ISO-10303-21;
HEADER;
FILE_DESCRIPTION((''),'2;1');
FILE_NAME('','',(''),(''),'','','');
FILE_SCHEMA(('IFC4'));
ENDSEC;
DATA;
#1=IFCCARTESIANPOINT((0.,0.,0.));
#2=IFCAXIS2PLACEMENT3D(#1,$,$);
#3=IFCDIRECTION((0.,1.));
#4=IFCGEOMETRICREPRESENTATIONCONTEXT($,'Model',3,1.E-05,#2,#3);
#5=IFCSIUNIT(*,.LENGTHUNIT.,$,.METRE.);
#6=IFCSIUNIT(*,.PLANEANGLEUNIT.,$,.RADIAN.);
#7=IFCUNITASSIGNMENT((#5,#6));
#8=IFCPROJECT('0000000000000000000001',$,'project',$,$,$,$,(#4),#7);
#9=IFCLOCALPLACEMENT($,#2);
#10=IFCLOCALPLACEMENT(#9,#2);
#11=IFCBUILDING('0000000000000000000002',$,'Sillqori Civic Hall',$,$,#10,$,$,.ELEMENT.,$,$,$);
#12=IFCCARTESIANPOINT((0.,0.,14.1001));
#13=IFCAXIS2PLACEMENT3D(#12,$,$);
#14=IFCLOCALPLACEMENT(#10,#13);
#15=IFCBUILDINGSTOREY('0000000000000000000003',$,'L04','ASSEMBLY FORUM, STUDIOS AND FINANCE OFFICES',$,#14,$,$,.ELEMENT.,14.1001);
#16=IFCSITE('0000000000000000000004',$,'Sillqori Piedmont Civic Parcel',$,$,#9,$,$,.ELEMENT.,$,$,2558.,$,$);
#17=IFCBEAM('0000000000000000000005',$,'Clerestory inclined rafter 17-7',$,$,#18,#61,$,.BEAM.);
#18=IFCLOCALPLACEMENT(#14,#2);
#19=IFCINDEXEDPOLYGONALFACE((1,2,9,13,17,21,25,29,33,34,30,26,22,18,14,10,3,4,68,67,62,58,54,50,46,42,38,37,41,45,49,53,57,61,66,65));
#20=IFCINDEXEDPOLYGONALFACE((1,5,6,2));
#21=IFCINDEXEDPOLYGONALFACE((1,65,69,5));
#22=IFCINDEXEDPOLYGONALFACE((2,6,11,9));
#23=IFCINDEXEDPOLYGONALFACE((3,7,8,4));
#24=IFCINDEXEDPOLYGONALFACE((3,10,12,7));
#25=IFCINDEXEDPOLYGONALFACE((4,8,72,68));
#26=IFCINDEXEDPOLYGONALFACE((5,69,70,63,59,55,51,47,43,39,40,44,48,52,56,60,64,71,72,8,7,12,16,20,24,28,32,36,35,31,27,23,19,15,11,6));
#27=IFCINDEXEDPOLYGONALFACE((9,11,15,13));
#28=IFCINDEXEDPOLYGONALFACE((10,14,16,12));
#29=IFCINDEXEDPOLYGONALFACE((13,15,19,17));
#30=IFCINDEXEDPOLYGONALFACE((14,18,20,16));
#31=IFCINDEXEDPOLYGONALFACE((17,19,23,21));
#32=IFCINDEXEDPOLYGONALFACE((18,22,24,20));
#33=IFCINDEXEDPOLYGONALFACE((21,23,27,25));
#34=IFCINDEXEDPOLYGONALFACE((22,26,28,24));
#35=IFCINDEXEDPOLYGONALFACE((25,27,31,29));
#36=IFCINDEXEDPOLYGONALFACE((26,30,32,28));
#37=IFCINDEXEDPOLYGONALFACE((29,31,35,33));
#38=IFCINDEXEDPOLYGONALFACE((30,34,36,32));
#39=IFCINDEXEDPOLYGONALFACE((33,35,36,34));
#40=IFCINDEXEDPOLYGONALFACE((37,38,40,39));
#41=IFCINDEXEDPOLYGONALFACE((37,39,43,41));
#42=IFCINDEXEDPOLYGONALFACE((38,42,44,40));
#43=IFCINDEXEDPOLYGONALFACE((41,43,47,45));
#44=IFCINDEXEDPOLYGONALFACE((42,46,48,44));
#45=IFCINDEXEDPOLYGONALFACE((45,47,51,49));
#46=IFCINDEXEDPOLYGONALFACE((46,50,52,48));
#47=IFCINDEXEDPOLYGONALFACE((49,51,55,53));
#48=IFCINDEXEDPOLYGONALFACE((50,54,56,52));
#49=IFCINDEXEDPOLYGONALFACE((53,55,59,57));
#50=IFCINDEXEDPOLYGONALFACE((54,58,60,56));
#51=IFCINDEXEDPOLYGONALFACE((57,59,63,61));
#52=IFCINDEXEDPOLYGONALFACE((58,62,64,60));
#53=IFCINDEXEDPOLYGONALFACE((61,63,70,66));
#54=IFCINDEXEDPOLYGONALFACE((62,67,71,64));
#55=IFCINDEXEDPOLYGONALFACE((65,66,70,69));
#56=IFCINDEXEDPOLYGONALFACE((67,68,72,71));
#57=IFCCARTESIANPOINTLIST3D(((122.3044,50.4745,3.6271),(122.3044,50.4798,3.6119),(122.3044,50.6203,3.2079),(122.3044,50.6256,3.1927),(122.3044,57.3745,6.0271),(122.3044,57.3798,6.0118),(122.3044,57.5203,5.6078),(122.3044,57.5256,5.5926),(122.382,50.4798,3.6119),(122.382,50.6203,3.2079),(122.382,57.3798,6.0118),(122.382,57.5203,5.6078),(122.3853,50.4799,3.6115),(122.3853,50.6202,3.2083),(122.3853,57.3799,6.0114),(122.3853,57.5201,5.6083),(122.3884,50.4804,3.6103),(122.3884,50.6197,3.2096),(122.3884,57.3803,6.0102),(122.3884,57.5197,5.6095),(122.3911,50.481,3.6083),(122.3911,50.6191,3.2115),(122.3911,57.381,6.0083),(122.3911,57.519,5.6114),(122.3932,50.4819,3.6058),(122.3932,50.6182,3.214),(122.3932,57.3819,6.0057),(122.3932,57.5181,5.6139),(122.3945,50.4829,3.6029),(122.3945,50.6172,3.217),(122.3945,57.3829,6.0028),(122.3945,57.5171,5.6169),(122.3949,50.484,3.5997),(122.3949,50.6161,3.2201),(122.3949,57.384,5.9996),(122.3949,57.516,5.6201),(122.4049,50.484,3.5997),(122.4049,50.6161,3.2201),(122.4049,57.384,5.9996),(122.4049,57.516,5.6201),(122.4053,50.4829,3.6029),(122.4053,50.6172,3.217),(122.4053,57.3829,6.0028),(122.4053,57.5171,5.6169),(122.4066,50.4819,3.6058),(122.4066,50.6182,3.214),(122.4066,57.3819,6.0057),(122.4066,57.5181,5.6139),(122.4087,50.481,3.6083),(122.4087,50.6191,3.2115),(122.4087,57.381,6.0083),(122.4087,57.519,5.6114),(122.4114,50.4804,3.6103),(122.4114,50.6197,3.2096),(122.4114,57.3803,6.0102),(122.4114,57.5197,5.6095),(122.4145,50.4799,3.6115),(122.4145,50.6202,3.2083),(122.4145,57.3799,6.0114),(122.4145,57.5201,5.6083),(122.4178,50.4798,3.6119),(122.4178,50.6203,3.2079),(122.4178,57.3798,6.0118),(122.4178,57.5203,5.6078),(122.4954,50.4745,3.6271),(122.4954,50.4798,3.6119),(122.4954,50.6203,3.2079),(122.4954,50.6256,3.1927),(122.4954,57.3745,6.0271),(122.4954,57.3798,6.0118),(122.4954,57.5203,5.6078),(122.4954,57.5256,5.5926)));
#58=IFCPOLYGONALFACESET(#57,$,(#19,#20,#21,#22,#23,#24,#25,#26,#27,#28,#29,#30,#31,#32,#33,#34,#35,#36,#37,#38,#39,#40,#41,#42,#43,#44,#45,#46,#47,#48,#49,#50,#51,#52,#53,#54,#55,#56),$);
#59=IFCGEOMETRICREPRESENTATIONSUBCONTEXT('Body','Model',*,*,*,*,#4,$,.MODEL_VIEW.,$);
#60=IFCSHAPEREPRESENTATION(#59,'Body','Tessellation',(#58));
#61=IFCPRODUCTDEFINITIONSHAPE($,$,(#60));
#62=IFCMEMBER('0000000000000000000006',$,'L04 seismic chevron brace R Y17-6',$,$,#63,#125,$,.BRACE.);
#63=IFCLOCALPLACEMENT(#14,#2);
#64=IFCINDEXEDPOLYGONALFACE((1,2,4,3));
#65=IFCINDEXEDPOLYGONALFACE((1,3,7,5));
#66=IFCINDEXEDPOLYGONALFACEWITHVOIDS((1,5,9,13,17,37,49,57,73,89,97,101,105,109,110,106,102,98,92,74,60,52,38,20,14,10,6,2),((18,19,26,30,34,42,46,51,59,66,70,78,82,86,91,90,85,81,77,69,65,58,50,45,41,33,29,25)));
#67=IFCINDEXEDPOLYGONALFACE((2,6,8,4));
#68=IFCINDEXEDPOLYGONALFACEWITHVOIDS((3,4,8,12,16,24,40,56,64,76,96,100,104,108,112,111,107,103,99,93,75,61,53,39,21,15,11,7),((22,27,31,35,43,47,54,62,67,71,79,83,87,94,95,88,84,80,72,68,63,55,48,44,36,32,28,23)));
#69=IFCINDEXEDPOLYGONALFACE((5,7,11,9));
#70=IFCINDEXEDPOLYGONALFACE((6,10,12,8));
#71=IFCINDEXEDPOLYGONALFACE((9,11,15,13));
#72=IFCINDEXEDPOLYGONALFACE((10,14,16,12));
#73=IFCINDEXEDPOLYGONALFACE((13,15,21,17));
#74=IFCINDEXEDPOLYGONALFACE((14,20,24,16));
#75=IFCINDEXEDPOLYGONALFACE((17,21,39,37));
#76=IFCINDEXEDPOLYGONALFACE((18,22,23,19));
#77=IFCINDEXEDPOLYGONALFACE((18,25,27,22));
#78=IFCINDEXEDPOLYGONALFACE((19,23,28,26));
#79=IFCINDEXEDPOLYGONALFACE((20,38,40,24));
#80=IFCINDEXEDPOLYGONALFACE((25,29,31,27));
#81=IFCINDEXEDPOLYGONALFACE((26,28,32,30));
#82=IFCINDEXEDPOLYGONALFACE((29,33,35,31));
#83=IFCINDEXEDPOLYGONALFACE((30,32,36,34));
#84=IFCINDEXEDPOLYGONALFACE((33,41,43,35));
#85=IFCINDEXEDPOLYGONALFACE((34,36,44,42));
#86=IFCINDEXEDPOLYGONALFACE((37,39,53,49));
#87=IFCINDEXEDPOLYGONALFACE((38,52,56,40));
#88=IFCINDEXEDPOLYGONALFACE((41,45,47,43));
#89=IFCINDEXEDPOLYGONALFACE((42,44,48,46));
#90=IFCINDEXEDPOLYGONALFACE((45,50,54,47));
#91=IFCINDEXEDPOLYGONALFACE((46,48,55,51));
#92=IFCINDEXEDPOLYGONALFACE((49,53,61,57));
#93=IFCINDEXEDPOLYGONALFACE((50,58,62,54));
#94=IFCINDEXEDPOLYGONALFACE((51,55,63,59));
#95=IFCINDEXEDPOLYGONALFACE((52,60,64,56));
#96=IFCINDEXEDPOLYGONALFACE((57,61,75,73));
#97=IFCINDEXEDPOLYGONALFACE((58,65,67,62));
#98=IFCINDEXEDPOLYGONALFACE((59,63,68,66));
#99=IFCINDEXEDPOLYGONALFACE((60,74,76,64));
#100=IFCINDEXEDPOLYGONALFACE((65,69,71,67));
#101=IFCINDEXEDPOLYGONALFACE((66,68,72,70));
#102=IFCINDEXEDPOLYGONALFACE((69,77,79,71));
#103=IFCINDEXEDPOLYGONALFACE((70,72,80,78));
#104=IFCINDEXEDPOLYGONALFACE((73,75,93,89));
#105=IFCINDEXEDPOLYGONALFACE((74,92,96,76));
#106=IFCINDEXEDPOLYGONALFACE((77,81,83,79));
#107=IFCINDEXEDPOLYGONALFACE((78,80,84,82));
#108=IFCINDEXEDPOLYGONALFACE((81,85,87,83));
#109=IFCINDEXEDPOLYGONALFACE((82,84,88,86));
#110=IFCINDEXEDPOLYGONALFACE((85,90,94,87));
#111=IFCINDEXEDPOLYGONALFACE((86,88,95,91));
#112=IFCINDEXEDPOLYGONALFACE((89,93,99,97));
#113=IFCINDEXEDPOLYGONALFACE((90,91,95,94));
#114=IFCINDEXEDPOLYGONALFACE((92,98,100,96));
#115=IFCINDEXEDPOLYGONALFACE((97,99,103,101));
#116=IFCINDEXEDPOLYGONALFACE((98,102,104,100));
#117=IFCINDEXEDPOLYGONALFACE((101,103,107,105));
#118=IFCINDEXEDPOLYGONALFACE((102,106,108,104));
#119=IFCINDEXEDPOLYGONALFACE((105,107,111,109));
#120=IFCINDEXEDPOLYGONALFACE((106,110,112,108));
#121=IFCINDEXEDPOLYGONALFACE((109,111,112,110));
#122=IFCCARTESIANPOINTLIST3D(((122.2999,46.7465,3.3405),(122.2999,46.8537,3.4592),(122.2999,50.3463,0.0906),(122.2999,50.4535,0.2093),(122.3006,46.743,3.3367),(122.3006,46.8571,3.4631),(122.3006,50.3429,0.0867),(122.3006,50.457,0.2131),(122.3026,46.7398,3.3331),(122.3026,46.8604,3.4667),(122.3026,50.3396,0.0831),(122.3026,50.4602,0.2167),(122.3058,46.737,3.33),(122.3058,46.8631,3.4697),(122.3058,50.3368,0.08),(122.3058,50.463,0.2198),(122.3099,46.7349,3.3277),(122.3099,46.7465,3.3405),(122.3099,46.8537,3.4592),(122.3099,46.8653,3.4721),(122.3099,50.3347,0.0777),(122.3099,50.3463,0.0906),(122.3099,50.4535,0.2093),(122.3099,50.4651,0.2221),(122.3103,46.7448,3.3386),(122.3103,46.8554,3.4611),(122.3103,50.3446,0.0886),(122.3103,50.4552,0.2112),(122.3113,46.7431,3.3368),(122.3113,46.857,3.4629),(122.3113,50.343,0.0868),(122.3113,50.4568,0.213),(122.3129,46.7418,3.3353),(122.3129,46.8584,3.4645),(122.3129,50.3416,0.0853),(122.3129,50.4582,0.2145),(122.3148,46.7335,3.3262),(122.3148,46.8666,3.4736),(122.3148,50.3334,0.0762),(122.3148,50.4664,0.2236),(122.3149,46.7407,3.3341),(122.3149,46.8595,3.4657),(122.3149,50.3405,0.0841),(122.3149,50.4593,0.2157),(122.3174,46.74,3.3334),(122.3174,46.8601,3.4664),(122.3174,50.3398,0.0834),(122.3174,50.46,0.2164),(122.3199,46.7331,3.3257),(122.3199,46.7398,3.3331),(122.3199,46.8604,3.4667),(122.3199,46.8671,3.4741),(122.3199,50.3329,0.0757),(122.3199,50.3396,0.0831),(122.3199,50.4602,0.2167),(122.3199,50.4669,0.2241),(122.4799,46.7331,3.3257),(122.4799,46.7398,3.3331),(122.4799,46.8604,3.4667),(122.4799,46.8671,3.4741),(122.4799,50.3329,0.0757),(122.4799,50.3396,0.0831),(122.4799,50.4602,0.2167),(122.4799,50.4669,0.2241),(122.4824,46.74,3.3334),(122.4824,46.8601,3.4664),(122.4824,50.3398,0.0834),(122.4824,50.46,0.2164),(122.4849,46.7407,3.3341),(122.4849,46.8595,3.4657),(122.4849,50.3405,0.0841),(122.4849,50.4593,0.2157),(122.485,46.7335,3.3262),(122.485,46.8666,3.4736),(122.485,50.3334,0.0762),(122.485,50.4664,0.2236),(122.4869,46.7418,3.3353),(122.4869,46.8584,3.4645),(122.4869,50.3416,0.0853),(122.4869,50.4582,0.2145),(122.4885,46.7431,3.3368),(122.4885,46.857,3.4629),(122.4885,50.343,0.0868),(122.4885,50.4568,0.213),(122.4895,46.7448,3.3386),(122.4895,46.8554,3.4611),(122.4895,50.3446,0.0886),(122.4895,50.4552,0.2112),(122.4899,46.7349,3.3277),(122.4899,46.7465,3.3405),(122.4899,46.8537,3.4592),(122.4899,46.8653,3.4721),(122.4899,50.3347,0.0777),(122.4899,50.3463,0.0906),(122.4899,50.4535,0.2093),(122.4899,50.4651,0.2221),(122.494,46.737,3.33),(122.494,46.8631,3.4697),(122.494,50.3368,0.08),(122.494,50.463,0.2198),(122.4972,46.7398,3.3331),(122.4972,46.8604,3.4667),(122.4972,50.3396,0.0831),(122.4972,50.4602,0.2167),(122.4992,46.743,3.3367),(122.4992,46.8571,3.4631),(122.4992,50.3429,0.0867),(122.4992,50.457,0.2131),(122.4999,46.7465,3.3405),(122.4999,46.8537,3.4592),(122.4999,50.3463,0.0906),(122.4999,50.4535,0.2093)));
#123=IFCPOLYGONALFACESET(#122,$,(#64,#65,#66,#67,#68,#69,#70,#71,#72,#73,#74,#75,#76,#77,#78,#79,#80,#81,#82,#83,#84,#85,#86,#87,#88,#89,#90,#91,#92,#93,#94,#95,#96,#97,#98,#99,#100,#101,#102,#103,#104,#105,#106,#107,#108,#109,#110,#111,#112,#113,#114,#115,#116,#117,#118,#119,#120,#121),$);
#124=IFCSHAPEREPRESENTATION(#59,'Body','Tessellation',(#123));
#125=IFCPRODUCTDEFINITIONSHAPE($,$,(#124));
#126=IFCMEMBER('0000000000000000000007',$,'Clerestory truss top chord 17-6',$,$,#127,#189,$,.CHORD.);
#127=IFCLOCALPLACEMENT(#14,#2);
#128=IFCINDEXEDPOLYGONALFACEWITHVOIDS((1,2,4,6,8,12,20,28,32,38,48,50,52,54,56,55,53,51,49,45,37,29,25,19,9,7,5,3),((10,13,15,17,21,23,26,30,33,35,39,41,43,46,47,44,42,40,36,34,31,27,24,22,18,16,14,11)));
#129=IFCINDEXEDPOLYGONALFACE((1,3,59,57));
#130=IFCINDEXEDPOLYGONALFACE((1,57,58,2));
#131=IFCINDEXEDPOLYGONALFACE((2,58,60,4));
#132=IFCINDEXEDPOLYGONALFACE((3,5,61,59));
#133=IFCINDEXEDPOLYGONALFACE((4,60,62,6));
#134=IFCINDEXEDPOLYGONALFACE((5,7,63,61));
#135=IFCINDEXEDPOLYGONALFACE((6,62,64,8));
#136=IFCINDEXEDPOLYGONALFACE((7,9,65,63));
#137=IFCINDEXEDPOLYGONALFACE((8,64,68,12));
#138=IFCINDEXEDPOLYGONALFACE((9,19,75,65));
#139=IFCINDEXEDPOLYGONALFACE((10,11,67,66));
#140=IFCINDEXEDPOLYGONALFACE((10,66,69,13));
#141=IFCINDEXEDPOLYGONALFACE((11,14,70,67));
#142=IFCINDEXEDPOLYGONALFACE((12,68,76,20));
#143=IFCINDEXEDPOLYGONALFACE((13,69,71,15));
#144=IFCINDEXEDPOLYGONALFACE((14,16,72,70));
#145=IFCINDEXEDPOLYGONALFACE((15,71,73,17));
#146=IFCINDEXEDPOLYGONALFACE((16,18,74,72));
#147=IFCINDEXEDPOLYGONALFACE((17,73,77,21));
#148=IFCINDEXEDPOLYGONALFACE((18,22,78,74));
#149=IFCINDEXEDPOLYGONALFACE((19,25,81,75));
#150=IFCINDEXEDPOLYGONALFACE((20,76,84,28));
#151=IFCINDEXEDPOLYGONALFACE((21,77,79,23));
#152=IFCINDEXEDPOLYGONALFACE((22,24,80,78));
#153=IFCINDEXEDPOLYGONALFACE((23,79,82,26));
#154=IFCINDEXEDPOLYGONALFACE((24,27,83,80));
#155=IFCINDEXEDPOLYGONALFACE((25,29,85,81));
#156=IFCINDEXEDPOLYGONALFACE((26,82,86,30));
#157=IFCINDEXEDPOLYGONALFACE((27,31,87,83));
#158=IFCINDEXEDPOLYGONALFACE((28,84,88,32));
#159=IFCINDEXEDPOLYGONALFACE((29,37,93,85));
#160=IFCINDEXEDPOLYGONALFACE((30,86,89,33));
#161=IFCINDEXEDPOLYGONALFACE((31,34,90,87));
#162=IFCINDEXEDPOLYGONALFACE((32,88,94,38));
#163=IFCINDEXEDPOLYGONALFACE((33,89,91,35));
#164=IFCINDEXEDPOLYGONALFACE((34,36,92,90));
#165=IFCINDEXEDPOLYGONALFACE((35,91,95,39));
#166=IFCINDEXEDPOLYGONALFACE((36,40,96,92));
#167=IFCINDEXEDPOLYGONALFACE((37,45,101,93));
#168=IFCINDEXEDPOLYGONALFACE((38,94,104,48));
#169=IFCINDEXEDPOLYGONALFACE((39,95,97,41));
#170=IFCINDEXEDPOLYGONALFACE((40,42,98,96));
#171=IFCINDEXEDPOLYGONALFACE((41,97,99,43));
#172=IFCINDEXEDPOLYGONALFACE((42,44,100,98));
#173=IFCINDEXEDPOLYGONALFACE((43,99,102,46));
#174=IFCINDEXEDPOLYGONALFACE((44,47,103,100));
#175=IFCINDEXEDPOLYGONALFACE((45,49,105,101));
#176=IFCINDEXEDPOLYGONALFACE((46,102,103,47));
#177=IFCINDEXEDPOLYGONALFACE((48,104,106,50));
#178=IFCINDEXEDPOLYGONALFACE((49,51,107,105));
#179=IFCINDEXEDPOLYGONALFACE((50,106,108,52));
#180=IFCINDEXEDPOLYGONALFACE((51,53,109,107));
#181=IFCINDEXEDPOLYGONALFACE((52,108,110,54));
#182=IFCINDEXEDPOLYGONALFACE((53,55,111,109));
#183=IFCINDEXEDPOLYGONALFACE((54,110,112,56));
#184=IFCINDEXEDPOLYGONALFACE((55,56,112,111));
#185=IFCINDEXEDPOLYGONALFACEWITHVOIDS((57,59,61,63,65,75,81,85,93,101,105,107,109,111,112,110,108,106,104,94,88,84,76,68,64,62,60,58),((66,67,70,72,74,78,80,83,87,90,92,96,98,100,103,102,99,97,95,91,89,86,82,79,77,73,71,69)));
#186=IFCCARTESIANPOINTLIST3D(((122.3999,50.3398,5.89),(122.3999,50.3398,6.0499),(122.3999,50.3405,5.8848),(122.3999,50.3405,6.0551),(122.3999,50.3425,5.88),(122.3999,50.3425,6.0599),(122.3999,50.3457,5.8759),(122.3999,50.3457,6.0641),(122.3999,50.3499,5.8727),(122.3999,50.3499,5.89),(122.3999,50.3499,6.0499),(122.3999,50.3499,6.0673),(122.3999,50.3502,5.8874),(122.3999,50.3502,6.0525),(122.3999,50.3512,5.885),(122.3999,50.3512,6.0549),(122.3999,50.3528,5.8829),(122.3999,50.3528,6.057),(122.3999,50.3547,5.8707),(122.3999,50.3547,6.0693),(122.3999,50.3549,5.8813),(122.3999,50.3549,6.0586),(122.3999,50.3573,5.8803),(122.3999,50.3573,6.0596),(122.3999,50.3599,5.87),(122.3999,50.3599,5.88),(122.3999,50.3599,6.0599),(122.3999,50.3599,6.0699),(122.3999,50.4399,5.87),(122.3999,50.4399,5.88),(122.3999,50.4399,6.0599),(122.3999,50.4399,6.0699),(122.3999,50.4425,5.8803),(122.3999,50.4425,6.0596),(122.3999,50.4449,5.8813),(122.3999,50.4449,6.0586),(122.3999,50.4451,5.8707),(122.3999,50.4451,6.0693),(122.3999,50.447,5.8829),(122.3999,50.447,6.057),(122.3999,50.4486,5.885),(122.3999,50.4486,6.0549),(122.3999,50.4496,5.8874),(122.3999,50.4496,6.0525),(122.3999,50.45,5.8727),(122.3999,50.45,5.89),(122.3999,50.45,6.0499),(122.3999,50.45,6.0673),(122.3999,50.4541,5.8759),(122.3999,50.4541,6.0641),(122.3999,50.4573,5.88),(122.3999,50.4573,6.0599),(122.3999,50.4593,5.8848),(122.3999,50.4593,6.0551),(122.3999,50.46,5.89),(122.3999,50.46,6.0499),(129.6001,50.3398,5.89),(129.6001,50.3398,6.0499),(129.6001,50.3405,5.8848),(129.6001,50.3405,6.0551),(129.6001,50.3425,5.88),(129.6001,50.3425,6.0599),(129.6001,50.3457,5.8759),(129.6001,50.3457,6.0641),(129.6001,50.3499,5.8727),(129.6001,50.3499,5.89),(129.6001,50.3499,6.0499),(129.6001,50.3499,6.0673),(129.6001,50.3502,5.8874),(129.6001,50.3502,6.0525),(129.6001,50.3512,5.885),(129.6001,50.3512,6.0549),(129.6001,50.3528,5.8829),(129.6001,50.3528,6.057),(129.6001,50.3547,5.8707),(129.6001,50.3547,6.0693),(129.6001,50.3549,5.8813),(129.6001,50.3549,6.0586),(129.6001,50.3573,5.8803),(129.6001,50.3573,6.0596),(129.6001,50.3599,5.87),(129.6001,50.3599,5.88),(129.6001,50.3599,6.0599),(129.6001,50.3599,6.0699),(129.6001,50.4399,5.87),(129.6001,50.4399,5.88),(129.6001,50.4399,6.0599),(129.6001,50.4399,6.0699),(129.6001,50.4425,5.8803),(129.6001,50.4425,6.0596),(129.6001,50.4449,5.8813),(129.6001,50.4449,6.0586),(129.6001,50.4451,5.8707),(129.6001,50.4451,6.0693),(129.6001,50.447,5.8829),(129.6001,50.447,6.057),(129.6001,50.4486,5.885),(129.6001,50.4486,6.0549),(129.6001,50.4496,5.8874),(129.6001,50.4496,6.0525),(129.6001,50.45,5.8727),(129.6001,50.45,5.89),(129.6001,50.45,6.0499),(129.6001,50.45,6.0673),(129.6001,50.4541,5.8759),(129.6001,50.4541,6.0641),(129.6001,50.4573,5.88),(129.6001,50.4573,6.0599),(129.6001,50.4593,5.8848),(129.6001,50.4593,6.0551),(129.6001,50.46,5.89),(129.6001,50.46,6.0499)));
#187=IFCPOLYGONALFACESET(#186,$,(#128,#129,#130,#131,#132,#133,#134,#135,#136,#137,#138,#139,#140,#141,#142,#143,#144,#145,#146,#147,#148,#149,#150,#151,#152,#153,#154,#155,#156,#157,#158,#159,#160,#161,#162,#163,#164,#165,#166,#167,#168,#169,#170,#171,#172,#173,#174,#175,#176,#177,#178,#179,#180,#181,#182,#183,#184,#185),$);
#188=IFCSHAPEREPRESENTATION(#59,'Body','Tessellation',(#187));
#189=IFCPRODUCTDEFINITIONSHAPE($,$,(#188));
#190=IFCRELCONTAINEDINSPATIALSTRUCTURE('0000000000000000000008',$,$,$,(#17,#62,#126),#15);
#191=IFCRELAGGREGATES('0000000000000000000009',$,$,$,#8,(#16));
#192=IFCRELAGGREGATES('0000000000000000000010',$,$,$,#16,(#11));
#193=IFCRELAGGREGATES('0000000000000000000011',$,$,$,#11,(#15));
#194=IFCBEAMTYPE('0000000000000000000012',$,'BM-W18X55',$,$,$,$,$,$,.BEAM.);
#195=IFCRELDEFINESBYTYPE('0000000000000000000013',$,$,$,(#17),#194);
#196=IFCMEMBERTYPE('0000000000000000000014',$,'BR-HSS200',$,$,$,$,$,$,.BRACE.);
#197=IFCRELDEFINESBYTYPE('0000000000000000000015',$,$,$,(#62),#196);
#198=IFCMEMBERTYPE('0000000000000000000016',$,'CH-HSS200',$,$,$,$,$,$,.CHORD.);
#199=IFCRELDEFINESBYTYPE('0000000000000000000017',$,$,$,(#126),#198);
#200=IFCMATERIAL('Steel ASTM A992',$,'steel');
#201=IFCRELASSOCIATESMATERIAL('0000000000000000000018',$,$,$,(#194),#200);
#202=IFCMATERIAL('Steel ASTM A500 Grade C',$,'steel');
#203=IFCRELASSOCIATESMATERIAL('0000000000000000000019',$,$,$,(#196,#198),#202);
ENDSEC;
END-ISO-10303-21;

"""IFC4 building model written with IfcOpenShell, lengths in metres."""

from ifc_helpers import new_model, si_unit, direction, frame, origin, origin_2d, place, context, subcontext, project, spatial, hollow_rectangle, i_section, extrude, material, material_profile, profile_set, type_object, element, save


model = new_model("IFC4")

# Units and contexts
model_context = context("Model", 3, precision=1e-05, world=origin(), true_north=direction((0.0, 1.0)))
body_context = subcontext(model_context, "Body", "Model", "MODEL_VIEW")
ifc_project = project(units=[si_unit("LENGTHUNIT", "METRE"), si_unit("PLANEANGLEUNIT", "RADIAN")], contexts=[model_context])

# Site, building, storey
site_placement = place(None, origin())
site = spatial("IfcSite", under=ifc_project, at=site_placement, Name="Sillqori Piedmont Civic Parcel", CompositionType="ELEMENT", RefElevation=2558.0)
building_placement = place(site_placement, origin())
building = spatial("IfcBuilding", under=site, at=building_placement, Name="Sillqori Civic Hall", CompositionType="ELEMENT")
storey_placement = place(building_placement, frame((0.0, 0.0, 14.1001)))
storey = spatial("IfcBuildingStorey", under=building, at=storey_placement, Name="L04", Description="ASSEMBLY FORUM, STUDIOS AND FINANCE OFFICES", CompositionType="ELEMENT", Elevation=14.1001)

# Beam
ifc_material_1 = material(Name="Steel ASTM A992", Category="steel")
ifc_material_profile_1 = material_profile(ifc_material_1, i_section(OverallWidth=0.1909, OverallDepth=0.46, WebThickness=0.01, FlangeThickness=0.0161, FilletRadius=0.0129, at=origin_2d()), Name="W18X55")
ifc_profile_set_1 = profile_set([ifc_material_profile_1], Name="Steel ASTM A992")
beam_type_1 = type_object("IfcBeamType", Name="BM-W18X55", PredefinedType="BEAM", material=ifc_profile_set_1)
beam_1_placement = place(storey_placement, frame((122.3999, 50.55, 3.4099), z_axis=(0.0, 0.9445, 0.328513), x_axis=(-1.0, 0.0, 0.0)))
element("IfcBeam", 1, at=beam_1_placement, inside=storey, type_object=beam_type_1, Name="Clerestory inclined rafter 17-7", PredefinedType="BEAM", context=body_context, shape_type="SweptSolid", body=[
    extrude(i_section(OverallWidth=0.1909, OverallDepth=0.46, WebThickness=0.01, FlangeThickness=0.0161, FilletRadius=0.0129, at=origin_2d()), origin(), (0.0, 0.0, 1.0), 7.3054),
])

# Members
ifc_material_2 = material(Name="Steel ASTM A500 Grade C", Category="steel")
ifc_material_profile_2 = material_profile(ifc_material_2, hollow_rectangle(XDim=0.2, YDim=0.2, WallThickness=0.01, InnerFilletRadius=0.01, OuterFilletRadius=0.02, at=origin_2d()), Name="HSS200X200X10")
ifc_profile_set_2 = profile_set([ifc_material_profile_2], Name="Steel ASTM A500 Grade C")
member_type_1 = type_object("IfcMemberType", Name="BR-HSS200", PredefinedType="BRACE", material=ifc_profile_set_2)
member_1_placement = place(storey_placement, frame((122.3999, 50.3999, 0.1499), z_axis=(0.0, -0.742254, 0.670118), x_axis=(1.0, 0.0, 0.0)))
element("IfcMember", 2, at=member_1_placement, inside=storey, type_object=member_type_1, Name="L04 seismic chevron brace R Y17-6", PredefinedType="BRACE", context=body_context, shape_type="SweptSolid", body=[
    extrude(hollow_rectangle(XDim=0.2, YDim=0.2, WallThickness=0.01, InnerFilletRadius=0.01, OuterFilletRadius=0.02, at=origin_2d()), origin(), (0.0, 0.0, 1.0), 4.8499),
])
ifc_material_profile_3 = material_profile(ifc_material_2, hollow_rectangle(XDim=0.1201, YDim=0.2, WallThickness=0.01, InnerFilletRadius=0.01, OuterFilletRadius=0.02, at=origin_2d()), Name="HSS200X120X10")
ifc_profile_set_3 = profile_set([ifc_material_profile_3], Name="Steel ASTM A500 Grade C")
member_type_2 = type_object("IfcMemberType", Name="CH-HSS200", PredefinedType="CHORD", material=ifc_profile_set_3)
for number, where, z_axis, x_axis, name in (
    (3, (122.3999, 50.3999, 5.97), (1.0, 0.0, 0.0), (0.0, 1.0, 0.0), "Clerestory truss top chord 17-6"),
):
    element("IfcMember", number, at=place(storey_placement, frame(where, z_axis=z_axis, x_axis=x_axis)), inside=storey, type_object=member_type_2, Name=name, PredefinedType="CHORD", context=body_context, shape_type="SweptSolid", body=[
        extrude(hollow_rectangle(XDim=0.1201, YDim=0.2, WallThickness=0.01, InnerFilletRadius=0.01, OuterFilletRadius=0.02, at=origin_2d()), origin(), (0.0, 0.0, 1.0), 7.2002),
    ])

save(model, "model.ifc")
